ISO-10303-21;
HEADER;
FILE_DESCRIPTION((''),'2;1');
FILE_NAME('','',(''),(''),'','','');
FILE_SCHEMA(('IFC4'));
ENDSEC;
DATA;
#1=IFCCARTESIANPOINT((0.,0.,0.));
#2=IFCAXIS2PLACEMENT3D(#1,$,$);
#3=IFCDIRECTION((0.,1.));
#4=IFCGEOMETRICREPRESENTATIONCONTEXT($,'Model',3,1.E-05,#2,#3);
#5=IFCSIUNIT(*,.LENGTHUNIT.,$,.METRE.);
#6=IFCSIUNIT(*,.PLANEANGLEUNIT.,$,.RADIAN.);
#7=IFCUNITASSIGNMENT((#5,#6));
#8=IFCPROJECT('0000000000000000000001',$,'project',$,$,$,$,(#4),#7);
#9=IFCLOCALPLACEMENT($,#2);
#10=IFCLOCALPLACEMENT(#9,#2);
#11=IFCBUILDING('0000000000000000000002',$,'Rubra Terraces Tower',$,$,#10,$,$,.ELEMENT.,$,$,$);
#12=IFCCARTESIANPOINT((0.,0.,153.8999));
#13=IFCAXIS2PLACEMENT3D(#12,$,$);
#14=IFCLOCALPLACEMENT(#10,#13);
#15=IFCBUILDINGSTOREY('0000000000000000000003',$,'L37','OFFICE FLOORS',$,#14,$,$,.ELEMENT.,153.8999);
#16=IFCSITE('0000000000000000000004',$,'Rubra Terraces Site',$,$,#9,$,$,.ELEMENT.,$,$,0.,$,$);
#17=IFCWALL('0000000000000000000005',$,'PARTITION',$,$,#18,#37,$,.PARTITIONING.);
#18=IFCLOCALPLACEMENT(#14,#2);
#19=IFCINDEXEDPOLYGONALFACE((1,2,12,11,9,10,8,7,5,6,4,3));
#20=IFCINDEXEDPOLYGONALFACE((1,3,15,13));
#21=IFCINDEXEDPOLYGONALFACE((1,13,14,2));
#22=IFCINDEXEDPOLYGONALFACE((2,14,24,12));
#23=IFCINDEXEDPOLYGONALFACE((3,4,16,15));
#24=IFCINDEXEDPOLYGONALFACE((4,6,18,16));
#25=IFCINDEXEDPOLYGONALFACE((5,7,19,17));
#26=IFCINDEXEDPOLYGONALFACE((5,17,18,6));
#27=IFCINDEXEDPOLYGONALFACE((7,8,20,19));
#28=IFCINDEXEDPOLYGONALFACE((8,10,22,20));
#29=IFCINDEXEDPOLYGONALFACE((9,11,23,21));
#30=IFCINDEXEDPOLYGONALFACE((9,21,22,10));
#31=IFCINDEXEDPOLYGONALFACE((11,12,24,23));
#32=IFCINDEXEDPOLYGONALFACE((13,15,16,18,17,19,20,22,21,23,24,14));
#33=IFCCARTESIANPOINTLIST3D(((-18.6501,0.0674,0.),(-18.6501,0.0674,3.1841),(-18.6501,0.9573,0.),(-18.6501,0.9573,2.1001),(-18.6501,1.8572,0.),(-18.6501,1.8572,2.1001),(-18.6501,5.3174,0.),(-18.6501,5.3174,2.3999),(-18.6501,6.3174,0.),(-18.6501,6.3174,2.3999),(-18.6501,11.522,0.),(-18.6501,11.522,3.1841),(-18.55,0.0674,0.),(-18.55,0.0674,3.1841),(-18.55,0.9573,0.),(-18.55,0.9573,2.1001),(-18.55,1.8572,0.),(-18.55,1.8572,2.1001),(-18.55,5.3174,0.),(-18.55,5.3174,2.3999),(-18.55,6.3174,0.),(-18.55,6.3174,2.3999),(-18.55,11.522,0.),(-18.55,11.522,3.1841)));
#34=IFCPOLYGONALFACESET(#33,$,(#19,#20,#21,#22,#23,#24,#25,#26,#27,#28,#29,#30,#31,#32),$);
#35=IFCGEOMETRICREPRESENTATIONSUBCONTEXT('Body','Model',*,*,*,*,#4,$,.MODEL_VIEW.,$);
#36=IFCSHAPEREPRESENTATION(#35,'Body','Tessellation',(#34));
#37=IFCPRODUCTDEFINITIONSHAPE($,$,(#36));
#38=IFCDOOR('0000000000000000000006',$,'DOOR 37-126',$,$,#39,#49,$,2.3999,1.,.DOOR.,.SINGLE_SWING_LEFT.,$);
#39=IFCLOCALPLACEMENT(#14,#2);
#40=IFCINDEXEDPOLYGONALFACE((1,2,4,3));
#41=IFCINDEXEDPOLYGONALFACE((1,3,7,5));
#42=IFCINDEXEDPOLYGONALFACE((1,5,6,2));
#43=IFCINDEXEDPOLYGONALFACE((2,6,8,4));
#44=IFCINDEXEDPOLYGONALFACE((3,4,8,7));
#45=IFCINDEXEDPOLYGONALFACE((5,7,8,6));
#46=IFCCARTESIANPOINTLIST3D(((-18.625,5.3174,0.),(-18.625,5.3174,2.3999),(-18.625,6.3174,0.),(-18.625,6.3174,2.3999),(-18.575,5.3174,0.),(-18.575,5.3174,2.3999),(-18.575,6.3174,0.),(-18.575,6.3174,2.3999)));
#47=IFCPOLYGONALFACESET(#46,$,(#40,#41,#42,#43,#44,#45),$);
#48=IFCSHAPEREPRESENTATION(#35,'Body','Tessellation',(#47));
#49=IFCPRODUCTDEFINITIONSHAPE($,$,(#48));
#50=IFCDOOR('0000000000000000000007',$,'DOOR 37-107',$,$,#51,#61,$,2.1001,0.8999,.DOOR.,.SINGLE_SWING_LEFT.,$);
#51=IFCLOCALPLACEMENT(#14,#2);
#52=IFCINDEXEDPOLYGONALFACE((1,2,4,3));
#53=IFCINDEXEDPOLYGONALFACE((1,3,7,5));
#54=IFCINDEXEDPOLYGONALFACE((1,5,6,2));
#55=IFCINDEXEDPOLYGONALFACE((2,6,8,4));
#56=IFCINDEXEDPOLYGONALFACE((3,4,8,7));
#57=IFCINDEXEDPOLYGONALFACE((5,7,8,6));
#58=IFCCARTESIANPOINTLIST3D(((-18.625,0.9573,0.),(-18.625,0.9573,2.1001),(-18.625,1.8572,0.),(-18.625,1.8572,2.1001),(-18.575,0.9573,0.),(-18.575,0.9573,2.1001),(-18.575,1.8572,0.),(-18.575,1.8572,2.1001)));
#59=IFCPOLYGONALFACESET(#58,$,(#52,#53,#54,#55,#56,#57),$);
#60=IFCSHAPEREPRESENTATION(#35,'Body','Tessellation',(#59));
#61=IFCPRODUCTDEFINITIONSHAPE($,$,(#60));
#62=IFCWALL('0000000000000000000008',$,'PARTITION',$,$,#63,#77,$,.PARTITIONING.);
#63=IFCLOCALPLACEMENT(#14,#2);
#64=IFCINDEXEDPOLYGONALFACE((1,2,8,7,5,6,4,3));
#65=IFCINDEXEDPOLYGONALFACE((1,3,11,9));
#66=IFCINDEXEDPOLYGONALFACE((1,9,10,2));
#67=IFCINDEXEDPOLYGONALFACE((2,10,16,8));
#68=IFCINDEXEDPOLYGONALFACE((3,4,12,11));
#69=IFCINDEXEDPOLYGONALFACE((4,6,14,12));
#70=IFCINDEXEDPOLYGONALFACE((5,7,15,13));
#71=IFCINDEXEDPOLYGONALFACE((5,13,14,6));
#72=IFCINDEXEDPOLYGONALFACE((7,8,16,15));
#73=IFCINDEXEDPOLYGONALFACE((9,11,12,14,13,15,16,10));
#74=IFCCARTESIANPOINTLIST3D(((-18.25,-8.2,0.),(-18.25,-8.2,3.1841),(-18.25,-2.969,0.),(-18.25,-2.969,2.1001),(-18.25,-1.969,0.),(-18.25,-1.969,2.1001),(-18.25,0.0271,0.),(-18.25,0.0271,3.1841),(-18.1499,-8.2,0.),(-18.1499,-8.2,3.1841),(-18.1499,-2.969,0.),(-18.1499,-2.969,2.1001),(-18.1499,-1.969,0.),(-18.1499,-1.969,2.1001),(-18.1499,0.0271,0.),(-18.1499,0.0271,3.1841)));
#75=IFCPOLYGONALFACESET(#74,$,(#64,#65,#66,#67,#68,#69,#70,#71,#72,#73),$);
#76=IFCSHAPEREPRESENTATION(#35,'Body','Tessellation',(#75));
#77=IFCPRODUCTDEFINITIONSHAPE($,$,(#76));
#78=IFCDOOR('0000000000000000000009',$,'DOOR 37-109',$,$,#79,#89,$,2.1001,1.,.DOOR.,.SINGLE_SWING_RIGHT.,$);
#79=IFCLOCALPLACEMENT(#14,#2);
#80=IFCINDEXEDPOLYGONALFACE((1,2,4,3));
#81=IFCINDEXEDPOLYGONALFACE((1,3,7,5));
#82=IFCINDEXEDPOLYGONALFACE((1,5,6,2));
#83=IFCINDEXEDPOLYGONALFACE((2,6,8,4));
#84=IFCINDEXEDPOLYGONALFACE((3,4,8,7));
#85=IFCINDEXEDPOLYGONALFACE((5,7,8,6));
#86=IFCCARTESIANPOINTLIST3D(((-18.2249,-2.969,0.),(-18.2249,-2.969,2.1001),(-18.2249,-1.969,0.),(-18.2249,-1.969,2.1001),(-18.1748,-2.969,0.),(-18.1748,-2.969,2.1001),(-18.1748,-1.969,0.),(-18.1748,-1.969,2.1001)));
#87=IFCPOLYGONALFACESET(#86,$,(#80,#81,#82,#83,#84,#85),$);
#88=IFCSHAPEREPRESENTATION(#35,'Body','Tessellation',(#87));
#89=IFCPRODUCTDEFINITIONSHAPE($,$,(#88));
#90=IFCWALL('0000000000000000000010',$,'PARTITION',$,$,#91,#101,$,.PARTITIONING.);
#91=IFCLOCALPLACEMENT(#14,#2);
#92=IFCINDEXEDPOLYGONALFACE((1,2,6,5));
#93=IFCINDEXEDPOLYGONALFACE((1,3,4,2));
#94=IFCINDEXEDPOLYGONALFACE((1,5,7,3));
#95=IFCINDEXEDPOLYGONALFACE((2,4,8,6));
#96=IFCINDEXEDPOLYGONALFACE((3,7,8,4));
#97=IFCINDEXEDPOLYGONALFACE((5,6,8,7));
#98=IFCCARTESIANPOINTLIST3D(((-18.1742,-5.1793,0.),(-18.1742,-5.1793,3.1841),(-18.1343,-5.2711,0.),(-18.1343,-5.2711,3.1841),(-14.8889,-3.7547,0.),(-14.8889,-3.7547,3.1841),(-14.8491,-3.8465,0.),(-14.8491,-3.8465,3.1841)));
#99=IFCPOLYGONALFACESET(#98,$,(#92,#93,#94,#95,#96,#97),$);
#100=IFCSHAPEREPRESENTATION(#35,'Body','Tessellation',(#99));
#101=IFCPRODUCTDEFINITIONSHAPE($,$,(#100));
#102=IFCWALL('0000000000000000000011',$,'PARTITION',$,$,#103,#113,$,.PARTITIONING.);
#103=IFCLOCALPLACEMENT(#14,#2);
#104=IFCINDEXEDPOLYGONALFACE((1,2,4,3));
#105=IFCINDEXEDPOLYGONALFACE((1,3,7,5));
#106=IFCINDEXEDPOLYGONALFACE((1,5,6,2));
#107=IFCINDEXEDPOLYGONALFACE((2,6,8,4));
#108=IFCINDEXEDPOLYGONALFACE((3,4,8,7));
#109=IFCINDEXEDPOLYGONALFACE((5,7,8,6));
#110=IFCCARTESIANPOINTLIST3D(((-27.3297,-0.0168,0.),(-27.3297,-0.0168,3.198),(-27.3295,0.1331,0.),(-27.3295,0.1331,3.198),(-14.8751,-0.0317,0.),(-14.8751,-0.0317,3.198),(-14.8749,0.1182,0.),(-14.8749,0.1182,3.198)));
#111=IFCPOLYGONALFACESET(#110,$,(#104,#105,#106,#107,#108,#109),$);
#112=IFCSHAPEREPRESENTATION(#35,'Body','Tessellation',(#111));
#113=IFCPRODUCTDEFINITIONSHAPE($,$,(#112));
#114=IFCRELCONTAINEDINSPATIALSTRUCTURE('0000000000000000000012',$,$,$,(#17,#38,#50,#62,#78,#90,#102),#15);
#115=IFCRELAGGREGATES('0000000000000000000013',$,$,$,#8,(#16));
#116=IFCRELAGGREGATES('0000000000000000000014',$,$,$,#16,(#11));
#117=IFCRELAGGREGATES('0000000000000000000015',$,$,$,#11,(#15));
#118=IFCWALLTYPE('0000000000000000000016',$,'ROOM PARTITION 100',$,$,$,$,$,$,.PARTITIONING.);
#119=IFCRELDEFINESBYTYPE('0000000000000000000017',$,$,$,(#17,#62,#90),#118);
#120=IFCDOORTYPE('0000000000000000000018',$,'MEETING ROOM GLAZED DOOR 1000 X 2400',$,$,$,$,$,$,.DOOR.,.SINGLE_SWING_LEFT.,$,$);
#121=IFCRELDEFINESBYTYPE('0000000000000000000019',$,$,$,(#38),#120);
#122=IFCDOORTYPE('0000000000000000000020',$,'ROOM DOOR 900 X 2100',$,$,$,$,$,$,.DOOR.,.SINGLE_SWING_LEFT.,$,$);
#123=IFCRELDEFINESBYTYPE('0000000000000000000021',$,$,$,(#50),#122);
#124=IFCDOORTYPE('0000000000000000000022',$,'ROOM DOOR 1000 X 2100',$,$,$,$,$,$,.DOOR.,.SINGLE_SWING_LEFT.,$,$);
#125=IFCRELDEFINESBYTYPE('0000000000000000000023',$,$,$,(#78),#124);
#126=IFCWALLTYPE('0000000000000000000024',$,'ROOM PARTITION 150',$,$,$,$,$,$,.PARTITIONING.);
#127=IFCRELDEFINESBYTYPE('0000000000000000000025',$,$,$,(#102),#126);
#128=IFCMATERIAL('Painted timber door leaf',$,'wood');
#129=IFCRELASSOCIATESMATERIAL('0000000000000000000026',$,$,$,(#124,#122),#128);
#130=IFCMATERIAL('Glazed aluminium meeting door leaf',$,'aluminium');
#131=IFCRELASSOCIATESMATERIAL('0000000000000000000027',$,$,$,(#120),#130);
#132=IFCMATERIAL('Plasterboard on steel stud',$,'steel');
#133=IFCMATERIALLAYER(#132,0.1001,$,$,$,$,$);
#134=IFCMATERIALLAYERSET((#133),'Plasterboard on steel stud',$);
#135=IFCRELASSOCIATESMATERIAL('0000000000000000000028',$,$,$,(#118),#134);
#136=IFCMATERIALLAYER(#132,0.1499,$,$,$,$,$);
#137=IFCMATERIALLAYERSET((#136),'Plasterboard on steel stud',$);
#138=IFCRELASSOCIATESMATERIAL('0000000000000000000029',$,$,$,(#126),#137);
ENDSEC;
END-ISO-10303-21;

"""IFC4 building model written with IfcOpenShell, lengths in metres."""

from ifc_helpers import new_model, si_unit, direction, frame, frame_2d, origin, place, context, subcontext, project, spatial, rectangle, extrude, material, layer, layer_set, type_object, element, fill, save


model = new_model("IFC4")

# Units and contexts
model_context = context("Model", 3, precision=1e-05, world=origin(), true_north=direction((0.0, 1.0)))
body_context = subcontext(model_context, "Body", "Model", "MODEL_VIEW")
ifc_project = project(units=[si_unit("LENGTHUNIT", "METRE"), si_unit("PLANEANGLEUNIT", "RADIAN")], contexts=[model_context])

# Site, building, storey
site_placement = place(None, origin())
site = spatial("IfcSite", under=ifc_project, at=site_placement, Name="Rubra Terraces Site", CompositionType="ELEMENT", RefElevation=0.0)
building_placement = place(site_placement, origin())
building = spatial("IfcBuilding", under=site, at=building_placement, Name="Rubra Terraces Tower", CompositionType="ELEMENT")
storey_placement = place(building_placement, frame((0.0, 0.0, 153.8999)))
storey = spatial("IfcBuildingStorey", under=building, at=storey_placement, Name="L37", Description="OFFICE FLOORS", CompositionType="ELEMENT", Elevation=153.8999)

# Shared definitions
ifc_material_1 = material(Name="Painted timber door leaf", Category="wood")
door_type_1 = type_object("IfcDoorType", Name="ROOM DOOR 1000 X 2100", OperationType="SINGLE_SWING_LEFT", PredefinedType="DOOR", material=ifc_material_1)
ifc_material_2 = material(Name="Glazed aluminium meeting door leaf", Category="aluminium")
door_type_2 = type_object("IfcDoorType", Name="MEETING ROOM GLAZED DOOR 1000 X 2400", OperationType="SINGLE_SWING_LEFT", PredefinedType="DOOR", material=ifc_material_2)

# Wall, openings, doors
ifc_material_3 = material(Name="Plasterboard on steel stud", Category="steel")
ifc_layer_1 = layer(ifc_material_3, 0.1001)
ifc_layer_set_1 = layer_set([ifc_layer_1], Name="Plasterboard on steel stud")
wall_type_1 = type_object("IfcWallType", Name="ROOM PARTITION 100", PredefinedType="PARTITIONING", material=ifc_layer_set_1)
wall_1_placement = place(storey_placement, frame((-18.6001, 0.0674, 0.0), z_axis=(0.0, 0.0, 1.0), x_axis=(0.0, 1.0, 0.0)))
wall_1 = element("IfcWall", 1, at=wall_1_placement, inside=storey, type_object=wall_type_1, Name="PARTITION", PredefinedType="PARTITIONING", context=body_context, shape_type="SweptSolid", body=[
    extrude(rectangle(XDim=11.4546, YDim=0.1001, at=frame_2d((5.7273, 0.0))), origin(), (0.0, 0.0, 1.0), 3.1841),
])
opening_1_placement = place(wall_1_placement, frame((0.8899, 0.0, 0.0)))
opening_1 = element("IfcOpeningElement", 2, at=opening_1_placement, cuts=wall_1, PredefinedType="OPENING", context=body_context, shape_type="SweptSolid", body=[
    extrude(rectangle(XDim=0.8999, YDim=2.1001, at=frame_2d((0.45, 1.05))), frame((0.0, 0.0601, 0.0), z_axis=(0.0, -1.0, 0.0), x_axis=(1.0, 0.0, 0.0)), (0.0, 0.0, 1.0), 0.1201),
])
opening_2_placement = place(wall_1_placement, frame((5.25, 0.0, 0.0)))
opening_2 = element("IfcOpeningElement", 3, at=opening_2_placement, cuts=wall_1, PredefinedType="OPENING", context=body_context, shape_type="SweptSolid", body=[
    extrude(rectangle(XDim=1.0, YDim=2.3999, at=frame_2d((0.5, 1.2))), frame((0.0, 0.0601, 0.0), z_axis=(0.0, -1.0, 0.0), x_axis=(1.0, 0.0, 0.0)), (0.0, 0.0, 1.0), 0.1201),
])
door_1_placement = place(opening_2_placement, origin())
door_1 = element("IfcDoor", 4, at=door_1_placement, inside=storey, type_object=door_type_2, Name="DOOR 37-126", OperationType="SINGLE_SWING_LEFT", OverallHeight=2.3999, OverallWidth=1.0, PredefinedType="DOOR", context=body_context, shape_type="SweptSolid", body=[
    extrude(rectangle(XDim=1.0, YDim=2.3999, at=frame_2d((0.5, 1.2))), frame((0.0, 0.0249, 0.0), z_axis=(0.0, -1.0, 0.0), x_axis=(1.0, 0.0, 0.0)), (0.0, 0.0, 1.0), 0.05),
])
fill(opening_2, door_1)
door_type_3 = type_object("IfcDoorType", Name="ROOM DOOR 900 X 2100", OperationType="SINGLE_SWING_LEFT", PredefinedType="DOOR", material=ifc_material_1)
door_2_placement = place(opening_1_placement, origin())
door_2 = element("IfcDoor", 5, at=door_2_placement, inside=storey, type_object=door_type_3, Name="DOOR 37-107", OperationType="SINGLE_SWING_LEFT", OverallHeight=2.1001, OverallWidth=0.8999, PredefinedType="DOOR", context=body_context, shape_type="SweptSolid", body=[
    extrude(rectangle(XDim=0.8999, YDim=2.1001, at=frame_2d((0.45, 1.05))), frame((0.0, 0.0249, 0.0), z_axis=(0.0, -1.0, 0.0), x_axis=(1.0, 0.0, 0.0)), (0.0, 0.0, 1.0), 0.05),
])
fill(opening_1, door_2)

# Wall, opening, door
wall_2_placement = place(storey_placement, frame((-18.2, -8.2, 0.0), z_axis=(0.0, 0.0, 1.0), x_axis=(0.0, 1.0, 0.0)))
wall_2 = element("IfcWall", 6, at=wall_2_placement, inside=storey, type_object=wall_type_1, Name="PARTITION", PredefinedType="PARTITIONING", context=body_context, shape_type="SweptSolid", body=[
    extrude(rectangle(XDim=8.2271, YDim=0.1001, at=frame_2d((4.1135, 0.0))), origin(), (0.0, 0.0, 1.0), 3.1841),
])
opening_3_placement = place(wall_2_placement, frame((5.231, 0.0, 0.0)))
opening_3 = element("IfcOpeningElement", 7, at=opening_3_placement, cuts=wall_2, PredefinedType="OPENING", context=body_context, shape_type="SweptSolid", body=[
    extrude(rectangle(XDim=1.0, YDim=2.1001, at=frame_2d((0.5, 1.05))), frame((0.0, 0.0601, 0.0), z_axis=(0.0, -1.0, 0.0), x_axis=(1.0, 0.0, 0.0)), (0.0, 0.0, 1.0), 0.1201),
])
door_3_placement = place(opening_3_placement, origin())
door_3 = element("IfcDoor", 8, at=door_3_placement, inside=storey, type_object=door_type_1, Name="DOOR 37-109", OperationType="SINGLE_SWING_RIGHT", OverallHeight=2.1001, OverallWidth=1.0, PredefinedType="DOOR", context=body_context, shape_type="SweptSolid", body=[
    extrude(rectangle(XDim=1.0, YDim=2.1001, at=frame_2d((0.5, 1.05))), frame((0.0, 0.0249, 0.0), z_axis=(0.0, -1.0, 0.0), x_axis=(1.0, 0.0, 0.0)), (0.0, 0.0, 1.0), 0.05),
])
fill(opening_3, door_3)

# Walls
wall_3_placement = place(storey_placement, frame((-14.8689, -3.8005, 0.0), z_axis=(0.0, 0.0, 1.0), x_axis=(-0.917454, -0.397841, 0.0)))
element("IfcWall", 9, at=wall_3_placement, inside=storey, type_object=wall_type_1, Name="PARTITION", PredefinedType="PARTITIONING", context=body_context, shape_type="SweptSolid", body=[
    extrude(rectangle(XDim=3.5808, YDim=0.1001, at=frame_2d((1.7905, 0.0))), origin(), (0.0, 0.0, 1.0), 3.1841),
])
ifc_layer_2 = layer(ifc_material_3, 0.1499)
ifc_layer_set_2 = layer_set([ifc_layer_2], Name="Plasterboard on steel stud")
wall_type_2 = type_object("IfcWallType", Name="ROOM PARTITION 150", PredefinedType="PARTITIONING", material=ifc_layer_set_2)
wall_4_placement = place(storey_placement, frame((-27.3296, 0.0581, 0.0), z_axis=(0.0, 0.0, 1.0), x_axis=(0.999999, -0.001196, 0.0)))
element("IfcWall", 10, at=wall_4_placement, inside=storey, type_object=wall_type_2, Name="PARTITION", PredefinedType="PARTITIONING", context=body_context, shape_type="SweptSolid", body=[
    extrude(rectangle(XDim=12.4546, YDim=0.1499, at=frame_2d((6.2273, 0.0))), origin(), (0.0, 0.0, 1.0), 3.198),
])

save(model, "model.ifc")
